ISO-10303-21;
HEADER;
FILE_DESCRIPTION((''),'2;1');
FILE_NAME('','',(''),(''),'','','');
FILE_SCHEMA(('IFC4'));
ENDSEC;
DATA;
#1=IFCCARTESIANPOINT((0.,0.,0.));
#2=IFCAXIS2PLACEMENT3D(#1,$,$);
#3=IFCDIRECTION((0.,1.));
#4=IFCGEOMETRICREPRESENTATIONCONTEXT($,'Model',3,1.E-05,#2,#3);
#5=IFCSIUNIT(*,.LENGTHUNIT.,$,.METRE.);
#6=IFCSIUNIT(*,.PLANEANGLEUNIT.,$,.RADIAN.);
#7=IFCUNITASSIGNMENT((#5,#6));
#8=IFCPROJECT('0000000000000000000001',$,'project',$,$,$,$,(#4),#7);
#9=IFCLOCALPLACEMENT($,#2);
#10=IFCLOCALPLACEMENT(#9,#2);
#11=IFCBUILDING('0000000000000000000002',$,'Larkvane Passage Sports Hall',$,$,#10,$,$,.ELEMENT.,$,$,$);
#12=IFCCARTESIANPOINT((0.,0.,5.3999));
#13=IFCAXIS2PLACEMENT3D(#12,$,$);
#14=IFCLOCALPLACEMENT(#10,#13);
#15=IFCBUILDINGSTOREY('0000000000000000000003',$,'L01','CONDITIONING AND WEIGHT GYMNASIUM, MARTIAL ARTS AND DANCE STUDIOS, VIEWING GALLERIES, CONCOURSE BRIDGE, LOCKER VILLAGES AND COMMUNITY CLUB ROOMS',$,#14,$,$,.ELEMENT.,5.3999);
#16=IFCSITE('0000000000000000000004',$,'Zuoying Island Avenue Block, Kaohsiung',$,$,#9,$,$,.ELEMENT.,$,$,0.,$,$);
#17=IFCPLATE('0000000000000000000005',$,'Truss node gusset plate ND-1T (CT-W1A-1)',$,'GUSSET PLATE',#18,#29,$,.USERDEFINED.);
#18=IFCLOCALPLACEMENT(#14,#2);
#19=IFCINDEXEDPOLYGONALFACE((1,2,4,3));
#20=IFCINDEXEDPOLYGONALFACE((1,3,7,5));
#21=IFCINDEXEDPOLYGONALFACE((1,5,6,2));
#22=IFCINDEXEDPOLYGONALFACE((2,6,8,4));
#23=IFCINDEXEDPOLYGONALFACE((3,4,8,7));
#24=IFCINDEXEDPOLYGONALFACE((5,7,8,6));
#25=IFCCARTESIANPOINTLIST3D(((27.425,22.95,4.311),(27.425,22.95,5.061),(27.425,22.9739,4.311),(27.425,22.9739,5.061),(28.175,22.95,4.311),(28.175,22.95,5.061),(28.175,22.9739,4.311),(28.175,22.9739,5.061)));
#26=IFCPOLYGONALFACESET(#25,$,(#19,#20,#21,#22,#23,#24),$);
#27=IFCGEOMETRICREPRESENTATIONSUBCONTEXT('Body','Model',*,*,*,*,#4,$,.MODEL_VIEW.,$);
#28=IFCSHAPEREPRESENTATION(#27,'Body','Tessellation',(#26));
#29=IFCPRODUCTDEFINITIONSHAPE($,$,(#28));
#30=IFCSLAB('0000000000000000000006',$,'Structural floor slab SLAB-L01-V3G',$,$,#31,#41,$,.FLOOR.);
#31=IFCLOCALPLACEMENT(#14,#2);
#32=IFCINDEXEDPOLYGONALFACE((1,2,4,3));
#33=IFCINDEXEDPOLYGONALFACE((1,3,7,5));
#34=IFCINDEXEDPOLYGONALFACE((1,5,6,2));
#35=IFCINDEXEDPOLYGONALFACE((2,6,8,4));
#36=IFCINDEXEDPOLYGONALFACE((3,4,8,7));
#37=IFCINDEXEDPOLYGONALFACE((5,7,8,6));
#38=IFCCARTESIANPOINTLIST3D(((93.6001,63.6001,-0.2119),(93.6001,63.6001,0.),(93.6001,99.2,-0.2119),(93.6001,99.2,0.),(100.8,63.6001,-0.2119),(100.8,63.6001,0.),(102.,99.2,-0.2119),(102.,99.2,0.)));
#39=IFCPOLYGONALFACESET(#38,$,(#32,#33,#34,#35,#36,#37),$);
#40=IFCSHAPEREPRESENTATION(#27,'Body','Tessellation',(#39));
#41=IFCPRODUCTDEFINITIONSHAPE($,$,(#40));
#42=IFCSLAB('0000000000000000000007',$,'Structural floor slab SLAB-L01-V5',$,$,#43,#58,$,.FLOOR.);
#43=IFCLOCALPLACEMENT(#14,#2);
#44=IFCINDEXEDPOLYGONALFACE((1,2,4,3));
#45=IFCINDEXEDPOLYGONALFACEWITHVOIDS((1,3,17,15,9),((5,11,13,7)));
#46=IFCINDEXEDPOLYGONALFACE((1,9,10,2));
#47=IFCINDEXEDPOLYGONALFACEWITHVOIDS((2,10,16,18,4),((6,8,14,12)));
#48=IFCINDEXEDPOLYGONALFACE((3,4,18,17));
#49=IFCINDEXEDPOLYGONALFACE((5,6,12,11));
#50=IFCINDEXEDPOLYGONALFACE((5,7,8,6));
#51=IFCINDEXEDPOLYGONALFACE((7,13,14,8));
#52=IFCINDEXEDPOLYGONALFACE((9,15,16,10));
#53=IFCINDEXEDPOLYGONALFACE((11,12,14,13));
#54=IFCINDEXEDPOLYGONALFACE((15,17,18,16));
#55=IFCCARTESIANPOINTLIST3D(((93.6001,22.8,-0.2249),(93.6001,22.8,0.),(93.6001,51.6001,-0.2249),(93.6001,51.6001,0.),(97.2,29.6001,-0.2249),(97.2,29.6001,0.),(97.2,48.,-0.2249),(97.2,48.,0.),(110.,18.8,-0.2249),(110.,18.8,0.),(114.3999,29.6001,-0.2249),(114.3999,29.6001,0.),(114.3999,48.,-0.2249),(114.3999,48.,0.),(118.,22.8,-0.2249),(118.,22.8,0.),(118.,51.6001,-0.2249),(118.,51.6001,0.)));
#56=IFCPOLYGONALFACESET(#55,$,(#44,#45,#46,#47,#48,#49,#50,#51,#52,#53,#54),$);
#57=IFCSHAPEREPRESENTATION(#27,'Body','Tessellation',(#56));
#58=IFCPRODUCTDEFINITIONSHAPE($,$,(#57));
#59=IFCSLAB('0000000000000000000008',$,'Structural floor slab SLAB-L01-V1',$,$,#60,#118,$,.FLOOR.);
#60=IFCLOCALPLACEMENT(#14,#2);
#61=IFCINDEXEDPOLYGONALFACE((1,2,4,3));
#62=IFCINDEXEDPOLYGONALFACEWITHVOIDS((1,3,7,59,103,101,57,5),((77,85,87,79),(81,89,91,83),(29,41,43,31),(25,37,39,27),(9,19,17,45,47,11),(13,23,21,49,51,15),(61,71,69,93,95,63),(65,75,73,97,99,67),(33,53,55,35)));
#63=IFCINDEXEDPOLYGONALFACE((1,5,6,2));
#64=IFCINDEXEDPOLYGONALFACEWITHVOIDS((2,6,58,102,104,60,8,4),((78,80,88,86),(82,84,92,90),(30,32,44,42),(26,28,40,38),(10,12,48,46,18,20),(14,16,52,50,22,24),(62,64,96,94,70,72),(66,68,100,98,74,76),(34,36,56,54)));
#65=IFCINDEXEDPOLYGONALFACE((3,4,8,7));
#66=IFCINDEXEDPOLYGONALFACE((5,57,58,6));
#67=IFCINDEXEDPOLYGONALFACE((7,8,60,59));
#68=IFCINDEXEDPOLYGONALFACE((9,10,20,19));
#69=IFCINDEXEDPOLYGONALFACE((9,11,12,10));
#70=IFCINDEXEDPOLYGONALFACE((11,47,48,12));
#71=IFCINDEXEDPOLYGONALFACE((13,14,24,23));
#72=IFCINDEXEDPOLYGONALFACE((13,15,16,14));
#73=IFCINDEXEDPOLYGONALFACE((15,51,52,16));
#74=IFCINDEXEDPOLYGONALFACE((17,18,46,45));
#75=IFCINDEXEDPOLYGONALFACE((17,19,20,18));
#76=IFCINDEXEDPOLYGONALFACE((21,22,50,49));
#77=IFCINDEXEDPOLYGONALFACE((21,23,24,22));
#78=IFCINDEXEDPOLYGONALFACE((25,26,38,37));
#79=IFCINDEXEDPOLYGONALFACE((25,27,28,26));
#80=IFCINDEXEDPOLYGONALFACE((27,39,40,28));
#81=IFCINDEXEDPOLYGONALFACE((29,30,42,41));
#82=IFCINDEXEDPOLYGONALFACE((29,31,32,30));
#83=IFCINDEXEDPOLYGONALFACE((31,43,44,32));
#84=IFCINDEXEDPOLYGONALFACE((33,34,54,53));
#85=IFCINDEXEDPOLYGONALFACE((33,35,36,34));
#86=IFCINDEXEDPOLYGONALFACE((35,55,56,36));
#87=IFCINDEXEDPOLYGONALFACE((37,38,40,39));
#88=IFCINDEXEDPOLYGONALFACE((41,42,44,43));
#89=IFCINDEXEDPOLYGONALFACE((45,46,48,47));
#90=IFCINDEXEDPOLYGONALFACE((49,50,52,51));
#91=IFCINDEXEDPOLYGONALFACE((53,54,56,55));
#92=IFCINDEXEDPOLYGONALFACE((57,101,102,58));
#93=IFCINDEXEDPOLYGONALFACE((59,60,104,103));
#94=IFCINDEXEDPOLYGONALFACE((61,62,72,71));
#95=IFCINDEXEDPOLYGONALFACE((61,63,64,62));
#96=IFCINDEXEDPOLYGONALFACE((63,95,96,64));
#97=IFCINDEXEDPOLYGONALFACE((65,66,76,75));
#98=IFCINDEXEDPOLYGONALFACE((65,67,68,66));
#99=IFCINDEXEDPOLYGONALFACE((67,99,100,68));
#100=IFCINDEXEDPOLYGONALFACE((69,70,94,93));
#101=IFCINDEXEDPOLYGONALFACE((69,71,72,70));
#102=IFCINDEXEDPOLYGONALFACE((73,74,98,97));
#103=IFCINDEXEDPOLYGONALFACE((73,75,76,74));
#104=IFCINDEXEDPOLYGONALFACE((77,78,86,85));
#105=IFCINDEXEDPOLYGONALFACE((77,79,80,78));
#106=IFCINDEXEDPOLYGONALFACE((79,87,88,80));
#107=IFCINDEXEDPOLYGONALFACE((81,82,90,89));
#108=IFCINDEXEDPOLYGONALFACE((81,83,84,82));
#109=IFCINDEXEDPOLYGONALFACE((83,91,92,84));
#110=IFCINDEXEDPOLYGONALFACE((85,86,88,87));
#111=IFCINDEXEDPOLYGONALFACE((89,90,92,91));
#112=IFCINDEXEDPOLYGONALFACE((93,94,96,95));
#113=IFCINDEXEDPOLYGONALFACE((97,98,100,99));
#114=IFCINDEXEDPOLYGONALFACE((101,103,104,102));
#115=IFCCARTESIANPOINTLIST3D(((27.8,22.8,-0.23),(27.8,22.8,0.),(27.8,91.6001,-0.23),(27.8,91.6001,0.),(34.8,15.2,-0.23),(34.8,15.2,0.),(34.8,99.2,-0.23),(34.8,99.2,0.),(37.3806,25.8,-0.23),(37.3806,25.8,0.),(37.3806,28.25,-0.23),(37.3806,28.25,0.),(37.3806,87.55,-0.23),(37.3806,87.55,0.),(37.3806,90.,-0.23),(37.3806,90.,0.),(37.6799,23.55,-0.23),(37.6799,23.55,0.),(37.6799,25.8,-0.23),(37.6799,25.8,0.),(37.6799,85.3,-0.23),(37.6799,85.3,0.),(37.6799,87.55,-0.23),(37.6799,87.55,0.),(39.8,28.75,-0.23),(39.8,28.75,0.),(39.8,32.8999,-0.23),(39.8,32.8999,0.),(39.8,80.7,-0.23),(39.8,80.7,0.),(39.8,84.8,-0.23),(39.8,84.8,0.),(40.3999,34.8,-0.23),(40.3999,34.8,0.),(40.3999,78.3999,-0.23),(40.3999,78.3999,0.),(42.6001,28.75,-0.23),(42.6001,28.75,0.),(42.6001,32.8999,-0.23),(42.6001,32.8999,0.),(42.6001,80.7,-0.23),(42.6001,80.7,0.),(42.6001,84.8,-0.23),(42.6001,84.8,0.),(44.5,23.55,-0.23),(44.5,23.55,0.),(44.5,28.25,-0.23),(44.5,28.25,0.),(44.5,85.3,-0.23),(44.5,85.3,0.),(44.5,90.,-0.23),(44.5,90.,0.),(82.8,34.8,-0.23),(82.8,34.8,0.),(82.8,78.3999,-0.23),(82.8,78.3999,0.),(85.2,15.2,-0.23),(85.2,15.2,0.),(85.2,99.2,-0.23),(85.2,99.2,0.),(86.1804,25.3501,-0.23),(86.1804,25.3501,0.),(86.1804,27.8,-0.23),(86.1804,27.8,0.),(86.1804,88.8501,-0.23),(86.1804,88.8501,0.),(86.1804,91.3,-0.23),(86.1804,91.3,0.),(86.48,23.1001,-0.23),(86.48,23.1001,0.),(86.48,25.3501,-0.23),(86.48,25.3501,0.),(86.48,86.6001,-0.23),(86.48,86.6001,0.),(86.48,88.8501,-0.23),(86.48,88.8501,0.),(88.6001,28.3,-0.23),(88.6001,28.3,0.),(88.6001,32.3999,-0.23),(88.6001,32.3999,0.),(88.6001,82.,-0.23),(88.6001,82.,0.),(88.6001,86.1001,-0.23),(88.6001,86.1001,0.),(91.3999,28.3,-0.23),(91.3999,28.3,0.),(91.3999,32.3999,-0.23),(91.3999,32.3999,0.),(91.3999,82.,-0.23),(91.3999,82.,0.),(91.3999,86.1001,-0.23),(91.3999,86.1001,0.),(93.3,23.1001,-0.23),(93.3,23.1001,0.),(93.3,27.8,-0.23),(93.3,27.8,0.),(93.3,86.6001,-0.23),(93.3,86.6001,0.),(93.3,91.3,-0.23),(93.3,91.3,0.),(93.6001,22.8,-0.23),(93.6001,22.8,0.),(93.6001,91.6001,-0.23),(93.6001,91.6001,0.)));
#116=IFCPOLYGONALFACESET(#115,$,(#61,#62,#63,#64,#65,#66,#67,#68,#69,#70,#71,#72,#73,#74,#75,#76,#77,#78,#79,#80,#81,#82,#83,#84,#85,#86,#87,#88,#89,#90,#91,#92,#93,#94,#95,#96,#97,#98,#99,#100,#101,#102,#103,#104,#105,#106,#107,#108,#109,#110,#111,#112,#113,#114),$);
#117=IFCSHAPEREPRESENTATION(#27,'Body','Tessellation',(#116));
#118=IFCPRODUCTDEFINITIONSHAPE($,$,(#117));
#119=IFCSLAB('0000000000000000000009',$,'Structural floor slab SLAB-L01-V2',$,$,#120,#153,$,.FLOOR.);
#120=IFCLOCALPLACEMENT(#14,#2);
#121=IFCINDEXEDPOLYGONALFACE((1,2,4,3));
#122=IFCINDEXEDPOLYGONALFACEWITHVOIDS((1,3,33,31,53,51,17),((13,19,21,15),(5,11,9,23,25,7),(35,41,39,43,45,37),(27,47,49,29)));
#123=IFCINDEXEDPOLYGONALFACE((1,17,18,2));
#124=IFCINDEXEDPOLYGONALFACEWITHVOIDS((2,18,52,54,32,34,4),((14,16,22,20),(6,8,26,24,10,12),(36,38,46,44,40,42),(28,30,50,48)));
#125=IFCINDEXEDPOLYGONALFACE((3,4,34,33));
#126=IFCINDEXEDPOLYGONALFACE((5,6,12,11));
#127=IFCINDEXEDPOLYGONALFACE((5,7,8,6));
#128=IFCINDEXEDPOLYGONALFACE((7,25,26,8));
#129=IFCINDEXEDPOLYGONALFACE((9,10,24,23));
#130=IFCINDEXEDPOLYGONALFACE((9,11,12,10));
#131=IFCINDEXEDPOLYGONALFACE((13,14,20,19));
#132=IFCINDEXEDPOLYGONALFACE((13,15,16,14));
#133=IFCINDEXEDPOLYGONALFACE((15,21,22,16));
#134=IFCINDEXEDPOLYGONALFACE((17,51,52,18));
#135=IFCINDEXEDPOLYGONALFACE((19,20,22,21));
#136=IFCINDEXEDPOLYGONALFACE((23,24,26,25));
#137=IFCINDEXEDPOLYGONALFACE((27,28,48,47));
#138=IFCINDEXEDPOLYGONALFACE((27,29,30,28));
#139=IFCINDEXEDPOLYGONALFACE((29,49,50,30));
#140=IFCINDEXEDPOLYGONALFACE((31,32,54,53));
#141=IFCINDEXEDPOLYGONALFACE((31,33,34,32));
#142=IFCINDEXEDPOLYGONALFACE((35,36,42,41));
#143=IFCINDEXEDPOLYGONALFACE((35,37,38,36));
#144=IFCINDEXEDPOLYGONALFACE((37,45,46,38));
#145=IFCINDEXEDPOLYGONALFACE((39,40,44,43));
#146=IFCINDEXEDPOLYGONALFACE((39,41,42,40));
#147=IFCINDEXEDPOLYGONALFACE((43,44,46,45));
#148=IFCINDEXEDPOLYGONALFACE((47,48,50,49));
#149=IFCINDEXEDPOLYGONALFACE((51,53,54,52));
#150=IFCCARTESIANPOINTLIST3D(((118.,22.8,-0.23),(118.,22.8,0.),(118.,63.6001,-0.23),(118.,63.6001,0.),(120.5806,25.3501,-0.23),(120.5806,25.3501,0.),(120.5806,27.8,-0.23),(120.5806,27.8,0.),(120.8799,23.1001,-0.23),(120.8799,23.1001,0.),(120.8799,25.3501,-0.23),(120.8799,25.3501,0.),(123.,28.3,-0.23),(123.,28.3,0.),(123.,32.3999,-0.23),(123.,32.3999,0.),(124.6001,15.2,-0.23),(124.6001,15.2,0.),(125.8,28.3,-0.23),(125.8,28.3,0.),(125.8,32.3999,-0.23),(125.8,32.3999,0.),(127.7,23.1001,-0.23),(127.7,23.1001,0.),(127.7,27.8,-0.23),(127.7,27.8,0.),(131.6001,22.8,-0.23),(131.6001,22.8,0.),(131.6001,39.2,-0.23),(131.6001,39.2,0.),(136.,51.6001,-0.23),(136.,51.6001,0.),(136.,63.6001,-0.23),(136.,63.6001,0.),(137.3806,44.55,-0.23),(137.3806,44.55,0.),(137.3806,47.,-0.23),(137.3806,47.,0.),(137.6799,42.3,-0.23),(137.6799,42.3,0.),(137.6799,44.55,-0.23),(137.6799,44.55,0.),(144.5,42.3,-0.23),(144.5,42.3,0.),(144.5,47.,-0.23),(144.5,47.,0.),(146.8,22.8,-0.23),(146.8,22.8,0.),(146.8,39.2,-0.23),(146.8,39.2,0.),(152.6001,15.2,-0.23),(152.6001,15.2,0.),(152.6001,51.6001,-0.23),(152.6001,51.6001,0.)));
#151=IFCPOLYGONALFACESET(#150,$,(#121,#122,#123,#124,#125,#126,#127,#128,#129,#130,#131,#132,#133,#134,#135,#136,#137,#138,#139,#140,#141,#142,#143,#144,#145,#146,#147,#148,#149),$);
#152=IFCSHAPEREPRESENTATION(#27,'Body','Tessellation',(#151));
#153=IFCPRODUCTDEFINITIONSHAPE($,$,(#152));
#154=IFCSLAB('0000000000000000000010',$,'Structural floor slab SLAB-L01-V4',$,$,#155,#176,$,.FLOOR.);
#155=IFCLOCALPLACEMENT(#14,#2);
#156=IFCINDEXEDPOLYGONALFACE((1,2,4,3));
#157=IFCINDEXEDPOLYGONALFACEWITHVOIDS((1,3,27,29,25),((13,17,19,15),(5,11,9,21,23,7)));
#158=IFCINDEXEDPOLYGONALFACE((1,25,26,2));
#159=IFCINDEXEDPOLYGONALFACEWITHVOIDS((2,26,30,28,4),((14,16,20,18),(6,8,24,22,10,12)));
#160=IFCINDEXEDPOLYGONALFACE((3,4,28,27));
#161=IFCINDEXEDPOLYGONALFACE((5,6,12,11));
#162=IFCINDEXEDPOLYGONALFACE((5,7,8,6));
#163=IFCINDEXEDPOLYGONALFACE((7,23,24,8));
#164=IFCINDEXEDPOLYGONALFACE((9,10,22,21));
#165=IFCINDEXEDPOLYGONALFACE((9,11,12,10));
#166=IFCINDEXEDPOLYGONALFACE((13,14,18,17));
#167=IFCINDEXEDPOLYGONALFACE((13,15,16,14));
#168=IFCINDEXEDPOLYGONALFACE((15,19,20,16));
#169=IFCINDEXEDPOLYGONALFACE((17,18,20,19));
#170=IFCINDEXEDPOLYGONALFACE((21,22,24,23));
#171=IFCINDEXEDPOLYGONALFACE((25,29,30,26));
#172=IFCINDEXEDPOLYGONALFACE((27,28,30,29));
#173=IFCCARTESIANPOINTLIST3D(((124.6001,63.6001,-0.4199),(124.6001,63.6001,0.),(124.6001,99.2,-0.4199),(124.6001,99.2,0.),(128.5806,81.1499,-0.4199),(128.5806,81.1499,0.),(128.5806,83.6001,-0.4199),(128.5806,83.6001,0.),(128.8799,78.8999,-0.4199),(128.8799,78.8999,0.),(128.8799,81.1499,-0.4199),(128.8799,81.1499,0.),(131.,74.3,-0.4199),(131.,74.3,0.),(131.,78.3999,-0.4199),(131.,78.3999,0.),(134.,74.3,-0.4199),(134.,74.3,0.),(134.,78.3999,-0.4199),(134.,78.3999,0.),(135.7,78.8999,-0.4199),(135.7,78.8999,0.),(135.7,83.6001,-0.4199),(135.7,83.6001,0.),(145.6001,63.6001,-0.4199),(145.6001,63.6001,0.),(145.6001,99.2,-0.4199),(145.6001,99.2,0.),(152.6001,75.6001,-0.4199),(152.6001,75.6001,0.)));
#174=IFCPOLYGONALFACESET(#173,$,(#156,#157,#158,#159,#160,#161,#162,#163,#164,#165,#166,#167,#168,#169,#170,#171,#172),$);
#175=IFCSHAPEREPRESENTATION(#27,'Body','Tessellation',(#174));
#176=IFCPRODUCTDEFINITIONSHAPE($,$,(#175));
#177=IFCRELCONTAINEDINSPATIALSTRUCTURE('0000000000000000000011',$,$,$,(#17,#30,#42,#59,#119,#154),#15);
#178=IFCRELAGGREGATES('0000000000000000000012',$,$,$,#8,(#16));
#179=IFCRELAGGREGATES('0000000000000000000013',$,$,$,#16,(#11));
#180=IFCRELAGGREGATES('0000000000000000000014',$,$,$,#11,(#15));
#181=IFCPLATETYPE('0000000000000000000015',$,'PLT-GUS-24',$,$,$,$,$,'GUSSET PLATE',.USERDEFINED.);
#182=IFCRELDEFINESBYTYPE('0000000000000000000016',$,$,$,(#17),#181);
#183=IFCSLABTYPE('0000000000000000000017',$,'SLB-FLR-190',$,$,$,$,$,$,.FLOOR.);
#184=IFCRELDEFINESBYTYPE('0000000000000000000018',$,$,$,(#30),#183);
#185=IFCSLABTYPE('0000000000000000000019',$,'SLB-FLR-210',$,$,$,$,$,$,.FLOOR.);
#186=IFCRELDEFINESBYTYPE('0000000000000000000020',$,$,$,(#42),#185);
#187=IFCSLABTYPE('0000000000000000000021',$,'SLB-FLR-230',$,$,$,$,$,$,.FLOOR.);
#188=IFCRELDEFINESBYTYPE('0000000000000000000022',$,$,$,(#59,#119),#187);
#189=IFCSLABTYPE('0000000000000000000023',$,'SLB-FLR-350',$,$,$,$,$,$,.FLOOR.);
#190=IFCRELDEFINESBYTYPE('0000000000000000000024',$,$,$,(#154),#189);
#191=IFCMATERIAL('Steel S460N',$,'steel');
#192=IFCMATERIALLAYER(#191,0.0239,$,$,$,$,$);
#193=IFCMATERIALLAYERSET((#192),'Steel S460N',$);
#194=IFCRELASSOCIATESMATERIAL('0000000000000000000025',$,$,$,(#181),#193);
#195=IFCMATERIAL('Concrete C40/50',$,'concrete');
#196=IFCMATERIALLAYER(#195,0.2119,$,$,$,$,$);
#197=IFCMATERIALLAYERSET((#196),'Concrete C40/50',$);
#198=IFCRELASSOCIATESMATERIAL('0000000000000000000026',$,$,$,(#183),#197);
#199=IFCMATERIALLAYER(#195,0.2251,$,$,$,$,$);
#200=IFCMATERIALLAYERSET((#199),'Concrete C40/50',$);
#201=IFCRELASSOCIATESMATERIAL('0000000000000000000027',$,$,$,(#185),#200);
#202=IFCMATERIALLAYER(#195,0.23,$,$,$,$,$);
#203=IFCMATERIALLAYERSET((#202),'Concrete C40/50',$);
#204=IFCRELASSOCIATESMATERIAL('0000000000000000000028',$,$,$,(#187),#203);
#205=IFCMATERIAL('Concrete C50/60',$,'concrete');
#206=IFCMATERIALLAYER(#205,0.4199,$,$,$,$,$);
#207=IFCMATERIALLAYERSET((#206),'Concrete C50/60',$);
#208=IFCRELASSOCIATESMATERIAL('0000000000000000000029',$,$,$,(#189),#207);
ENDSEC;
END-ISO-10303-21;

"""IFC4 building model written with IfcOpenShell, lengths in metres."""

from ifc_helpers import new_model, si_unit, direction, frame, origin, origin_2d, place, context, subcontext, project, spatial, polyline, rectangle, outline, extrude, material, layer, layer_set, type_object, element, save


model = new_model("IFC4")

# Units and contexts
model_context = context("Model", 3, precision=1e-05, world=origin(), true_north=direction((0.0, 1.0)))
body_context = subcontext(model_context, "Body", "Model", "MODEL_VIEW")
ifc_project = project(units=[si_unit("LENGTHUNIT", "METRE"), si_unit("PLANEANGLEUNIT", "RADIAN")], contexts=[model_context])

# Site, building, storey
site_placement = place(None, origin())
site = spatial("IfcSite", under=ifc_project, at=site_placement, Name="Zuoying Island Avenue Block, Kaohsiung", CompositionType="ELEMENT", RefElevation=0.0)
building_placement = place(site_placement, origin())
building = spatial("IfcBuilding", under=site, at=building_placement, Name="Larkvane Passage Sports Hall", CompositionType="ELEMENT")
storey_placement = place(building_placement, frame((0.0, 0.0, 5.3999)))
storey = spatial("IfcBuildingStorey", under=building, at=storey_placement, Name="L01", Description="CONDITIONING AND WEIGHT GYMNASIUM, MARTIAL ARTS AND DANCE STUDIOS, VIEWING GALLERIES, CONCOURSE BRIDGE, LOCKER VILLAGES AND COMMUNITY CLUB ROOMS", CompositionType="ELEMENT", Elevation=5.3999)

# Shared definitions
ifc_material_1 = material(Name="Steel S460N", Category="steel")

# Plate
ifc_layer_1 = layer(ifc_material_1, 0.0239)
ifc_layer_set_1 = layer_set([ifc_layer_1], Name="Steel S460N")
plate_type_1 = type_object("IfcPlateType", Name="PLT-GUS-24", ElementType="GUSSET PLATE", PredefinedType="USERDEFINED", material=ifc_layer_set_1)
for number, where, z_axis, x_axis, name in (
    (1, (27.8, 22.9619, 4.311), (0.0, 0.0, 1.0), (1.0, 0.0, 0.0), "Truss node gusset plate ND-1T (CT-W1A-1)"),
):
    element("IfcPlate", number, at=place(storey_placement, frame(where, z_axis=z_axis, x_axis=x_axis)), inside=storey, type_object=plate_type_1, Name=name, ObjectType="GUSSET PLATE", PredefinedType="USERDEFINED", context=body_context, shape_type="SweptSolid", body=[
        extrude(rectangle(XDim=0.75, YDim=0.0239, at=origin_2d()), origin(), (0.0, 0.0, 1.0), 0.75),
    ])

# Slabs
ifc_material_2 = material(Name="Concrete C40/50", Category="concrete")
ifc_layer_2 = layer(ifc_material_2, 0.2119)
ifc_layer_set_2 = layer_set([ifc_layer_2], Name="Concrete C40/50")
slab_type_1 = type_object("IfcSlabType", Name="SLB-FLR-190", PredefinedType="FLOOR", material=ifc_layer_set_2)
slab_1_placement = place(storey_placement, frame((0.0, 0.0, -0.2119)))
element("IfcSlab", 2, at=slab_1_placement, inside=storey, type_object=slab_type_1, Name="Structural floor slab SLAB-L01-V3G", PredefinedType="FLOOR", context=body_context, shape_type="SweptSolid", body=[
    extrude(outline(polyline([(93.6001, 63.6001), (100.8, 63.6001), (102.0, 99.2), (93.6001, 99.2), (93.6001, 63.6001)])), origin(), (0.0, 0.0, 1.0), 0.2119),
])
ifc_layer_3 = layer(ifc_material_2, 0.2251)
ifc_layer_set_3 = layer_set([ifc_layer_3], Name="Concrete C40/50")
slab_type_2 = type_object("IfcSlabType", Name="SLB-FLR-210", PredefinedType="FLOOR", material=ifc_layer_set_3)
slab_2_placement = place(storey_placement, frame((0.0, 0.0, -0.2249)))
element("IfcSlab", 3, at=slab_2_placement, inside=storey, type_object=slab_type_2, Name="Structural floor slab SLAB-L01-V5", PredefinedType="FLOOR", context=body_context, shape_type="SweptSolid", body=[
    extrude(outline(polyline([(93.6001, 22.8), (110.0, 18.8), (118.0, 22.8), (118.0, 51.6001), (93.6001, 51.6001), (93.6001, 22.8)]), holes=[polyline([(97.2, 48.0), (114.3999, 48.0), (114.3999, 29.6001), (97.2, 29.6001), (97.2, 48.0)])]), origin(), (0.0, 0.0, 1.0), 0.2249),
])
ifc_layer_4 = layer(ifc_material_2, 0.23)
ifc_layer_set_4 = layer_set([ifc_layer_4], Name="Concrete C40/50")
slab_type_3 = type_object("IfcSlabType", Name="SLB-FLR-230", PredefinedType="FLOOR", material=ifc_layer_set_4)
slab_3_placement = place(storey_placement, frame((0.0, 0.0, -0.23)))
element("IfcSlab", 4, at=slab_3_placement, inside=storey, type_object=slab_type_3, Name="Structural floor slab SLAB-L01-V1", PredefinedType="FLOOR", context=body_context, shape_type="SweptSolid", body=[
    extrude(outline(polyline([(27.8, 22.8), (34.8, 15.2), (85.2, 15.2), (93.6001, 22.8), (93.6001, 91.6001), (85.2, 99.2), (34.8, 99.2), (27.8, 91.6001), (27.8, 22.8)]), holes=[polyline([(37.6799, 23.55), (37.6799, 25.8), (37.3806, 25.8), (37.3806, 28.25), (44.5, 28.25), (44.5, 23.55), (37.6799, 23.55)]), polyline([(37.6799, 85.3), (37.6799, 87.55), (37.3806, 87.55), (37.3806, 90.0), (44.5, 90.0), (44.5, 85.3), (37.6799, 85.3)]), polyline([(86.48, 86.6001), (86.48, 88.8501), (86.1804, 88.8501), (86.1804, 91.3), (93.3, 91.3), (93.3, 86.6001), (86.48, 86.6001)]), polyline([(86.48, 23.1001), (86.48, 25.3501), (86.1804, 25.3501), (86.1804, 27.8), (93.3, 27.8), (93.3, 23.1001), (86.48, 23.1001)]), polyline([(39.8, 32.8999), (42.6001, 32.8999), (42.6001, 28.75), (39.8, 28.75), (39.8, 32.8999)]), polyline([(39.8, 84.8), (42.6001, 84.8), (42.6001, 80.7), (39.8, 80.7), (39.8, 84.8)]), polyline([(88.6001, 86.1001), (91.3999, 86.1001), (91.3999, 82.0), (88.6001, 82.0), (88.6001, 86.1001)]), polyline([(88.6001, 32.3999), (91.3999, 32.3999), (91.3999, 28.3), (88.6001, 28.3), (88.6001, 32.3999)]), polyline([(40.3999, 78.3999), (82.8, 78.3999), (82.8, 34.8), (40.3999, 34.8), (40.3999, 78.3999)])]), origin(), (0.0, 0.0, 1.0), 0.23),
])
slab_4_placement = place(storey_placement, frame((0.0, 0.0, -0.23)))
element("IfcSlab", 5, at=slab_4_placement, inside=storey, type_object=slab_type_3, Name="Structural floor slab SLAB-L01-V2", PredefinedType="FLOOR", context=body_context, shape_type="SweptSolid", body=[
    extrude(outline(polyline([(118.0, 22.8), (124.6001, 15.2), (152.6001, 15.2), (152.6001, 51.6001), (136.0, 51.6001), (136.0, 63.6001), (118.0, 63.6001), (118.0, 22.8)]), holes=[polyline([(120.8799, 23.1001), (120.8799, 25.3501), (120.5806, 25.3501), (120.5806, 27.8), (127.7, 27.8), (127.7, 23.1001), (120.8799, 23.1001)]), polyline([(137.6799, 42.3), (137.6799, 44.55), (137.3806, 44.55), (137.3806, 47.0), (144.5, 47.0), (144.5, 42.3), (137.6799, 42.3)]), polyline([(123.0, 32.3999), (125.8, 32.3999), (125.8, 28.3), (123.0, 28.3), (123.0, 32.3999)]), polyline([(131.6001, 39.2), (146.8, 39.2), (146.8, 22.8), (131.6001, 22.8), (131.6001, 39.2)])]), origin(), (0.0, 0.0, 1.0), 0.23),
])
ifc_material_3 = material(Name="Concrete C50/60", Category="concrete")
ifc_layer_5 = layer(ifc_material_3, 0.4199)
ifc_layer_set_5 = layer_set([ifc_layer_5], Name="Concrete C50/60")
slab_type_4 = type_object("IfcSlabType", Name="SLB-FLR-350", PredefinedType="FLOOR", material=ifc_layer_set_5)
slab_5_placement = place(storey_placement, frame((0.0, 0.0, -0.4199)))
element("IfcSlab", 6, at=slab_5_placement, inside=storey, type_object=slab_type_4, Name="Structural floor slab SLAB-L01-V4", PredefinedType="FLOOR", context=body_context, shape_type="SweptSolid", body=[
    extrude(outline(polyline([(124.6001, 63.6001), (145.6001, 63.6001), (152.6001, 75.6001), (145.6001, 99.2), (124.6001, 99.2), (124.6001, 63.6001)]), holes=[polyline([(128.8799, 78.8999), (128.8799, 81.1499), (128.5806, 81.1499), (128.5806, 83.6001), (135.7, 83.6001), (135.7, 78.8999), (128.8799, 78.8999)]), polyline([(131.0, 78.3999), (134.0, 78.3999), (134.0, 74.3), (131.0, 74.3), (131.0, 78.3999)])]), origin(), (0.0, 0.0, 1.0), 0.4199),
])

save(model, "model.ifc")
